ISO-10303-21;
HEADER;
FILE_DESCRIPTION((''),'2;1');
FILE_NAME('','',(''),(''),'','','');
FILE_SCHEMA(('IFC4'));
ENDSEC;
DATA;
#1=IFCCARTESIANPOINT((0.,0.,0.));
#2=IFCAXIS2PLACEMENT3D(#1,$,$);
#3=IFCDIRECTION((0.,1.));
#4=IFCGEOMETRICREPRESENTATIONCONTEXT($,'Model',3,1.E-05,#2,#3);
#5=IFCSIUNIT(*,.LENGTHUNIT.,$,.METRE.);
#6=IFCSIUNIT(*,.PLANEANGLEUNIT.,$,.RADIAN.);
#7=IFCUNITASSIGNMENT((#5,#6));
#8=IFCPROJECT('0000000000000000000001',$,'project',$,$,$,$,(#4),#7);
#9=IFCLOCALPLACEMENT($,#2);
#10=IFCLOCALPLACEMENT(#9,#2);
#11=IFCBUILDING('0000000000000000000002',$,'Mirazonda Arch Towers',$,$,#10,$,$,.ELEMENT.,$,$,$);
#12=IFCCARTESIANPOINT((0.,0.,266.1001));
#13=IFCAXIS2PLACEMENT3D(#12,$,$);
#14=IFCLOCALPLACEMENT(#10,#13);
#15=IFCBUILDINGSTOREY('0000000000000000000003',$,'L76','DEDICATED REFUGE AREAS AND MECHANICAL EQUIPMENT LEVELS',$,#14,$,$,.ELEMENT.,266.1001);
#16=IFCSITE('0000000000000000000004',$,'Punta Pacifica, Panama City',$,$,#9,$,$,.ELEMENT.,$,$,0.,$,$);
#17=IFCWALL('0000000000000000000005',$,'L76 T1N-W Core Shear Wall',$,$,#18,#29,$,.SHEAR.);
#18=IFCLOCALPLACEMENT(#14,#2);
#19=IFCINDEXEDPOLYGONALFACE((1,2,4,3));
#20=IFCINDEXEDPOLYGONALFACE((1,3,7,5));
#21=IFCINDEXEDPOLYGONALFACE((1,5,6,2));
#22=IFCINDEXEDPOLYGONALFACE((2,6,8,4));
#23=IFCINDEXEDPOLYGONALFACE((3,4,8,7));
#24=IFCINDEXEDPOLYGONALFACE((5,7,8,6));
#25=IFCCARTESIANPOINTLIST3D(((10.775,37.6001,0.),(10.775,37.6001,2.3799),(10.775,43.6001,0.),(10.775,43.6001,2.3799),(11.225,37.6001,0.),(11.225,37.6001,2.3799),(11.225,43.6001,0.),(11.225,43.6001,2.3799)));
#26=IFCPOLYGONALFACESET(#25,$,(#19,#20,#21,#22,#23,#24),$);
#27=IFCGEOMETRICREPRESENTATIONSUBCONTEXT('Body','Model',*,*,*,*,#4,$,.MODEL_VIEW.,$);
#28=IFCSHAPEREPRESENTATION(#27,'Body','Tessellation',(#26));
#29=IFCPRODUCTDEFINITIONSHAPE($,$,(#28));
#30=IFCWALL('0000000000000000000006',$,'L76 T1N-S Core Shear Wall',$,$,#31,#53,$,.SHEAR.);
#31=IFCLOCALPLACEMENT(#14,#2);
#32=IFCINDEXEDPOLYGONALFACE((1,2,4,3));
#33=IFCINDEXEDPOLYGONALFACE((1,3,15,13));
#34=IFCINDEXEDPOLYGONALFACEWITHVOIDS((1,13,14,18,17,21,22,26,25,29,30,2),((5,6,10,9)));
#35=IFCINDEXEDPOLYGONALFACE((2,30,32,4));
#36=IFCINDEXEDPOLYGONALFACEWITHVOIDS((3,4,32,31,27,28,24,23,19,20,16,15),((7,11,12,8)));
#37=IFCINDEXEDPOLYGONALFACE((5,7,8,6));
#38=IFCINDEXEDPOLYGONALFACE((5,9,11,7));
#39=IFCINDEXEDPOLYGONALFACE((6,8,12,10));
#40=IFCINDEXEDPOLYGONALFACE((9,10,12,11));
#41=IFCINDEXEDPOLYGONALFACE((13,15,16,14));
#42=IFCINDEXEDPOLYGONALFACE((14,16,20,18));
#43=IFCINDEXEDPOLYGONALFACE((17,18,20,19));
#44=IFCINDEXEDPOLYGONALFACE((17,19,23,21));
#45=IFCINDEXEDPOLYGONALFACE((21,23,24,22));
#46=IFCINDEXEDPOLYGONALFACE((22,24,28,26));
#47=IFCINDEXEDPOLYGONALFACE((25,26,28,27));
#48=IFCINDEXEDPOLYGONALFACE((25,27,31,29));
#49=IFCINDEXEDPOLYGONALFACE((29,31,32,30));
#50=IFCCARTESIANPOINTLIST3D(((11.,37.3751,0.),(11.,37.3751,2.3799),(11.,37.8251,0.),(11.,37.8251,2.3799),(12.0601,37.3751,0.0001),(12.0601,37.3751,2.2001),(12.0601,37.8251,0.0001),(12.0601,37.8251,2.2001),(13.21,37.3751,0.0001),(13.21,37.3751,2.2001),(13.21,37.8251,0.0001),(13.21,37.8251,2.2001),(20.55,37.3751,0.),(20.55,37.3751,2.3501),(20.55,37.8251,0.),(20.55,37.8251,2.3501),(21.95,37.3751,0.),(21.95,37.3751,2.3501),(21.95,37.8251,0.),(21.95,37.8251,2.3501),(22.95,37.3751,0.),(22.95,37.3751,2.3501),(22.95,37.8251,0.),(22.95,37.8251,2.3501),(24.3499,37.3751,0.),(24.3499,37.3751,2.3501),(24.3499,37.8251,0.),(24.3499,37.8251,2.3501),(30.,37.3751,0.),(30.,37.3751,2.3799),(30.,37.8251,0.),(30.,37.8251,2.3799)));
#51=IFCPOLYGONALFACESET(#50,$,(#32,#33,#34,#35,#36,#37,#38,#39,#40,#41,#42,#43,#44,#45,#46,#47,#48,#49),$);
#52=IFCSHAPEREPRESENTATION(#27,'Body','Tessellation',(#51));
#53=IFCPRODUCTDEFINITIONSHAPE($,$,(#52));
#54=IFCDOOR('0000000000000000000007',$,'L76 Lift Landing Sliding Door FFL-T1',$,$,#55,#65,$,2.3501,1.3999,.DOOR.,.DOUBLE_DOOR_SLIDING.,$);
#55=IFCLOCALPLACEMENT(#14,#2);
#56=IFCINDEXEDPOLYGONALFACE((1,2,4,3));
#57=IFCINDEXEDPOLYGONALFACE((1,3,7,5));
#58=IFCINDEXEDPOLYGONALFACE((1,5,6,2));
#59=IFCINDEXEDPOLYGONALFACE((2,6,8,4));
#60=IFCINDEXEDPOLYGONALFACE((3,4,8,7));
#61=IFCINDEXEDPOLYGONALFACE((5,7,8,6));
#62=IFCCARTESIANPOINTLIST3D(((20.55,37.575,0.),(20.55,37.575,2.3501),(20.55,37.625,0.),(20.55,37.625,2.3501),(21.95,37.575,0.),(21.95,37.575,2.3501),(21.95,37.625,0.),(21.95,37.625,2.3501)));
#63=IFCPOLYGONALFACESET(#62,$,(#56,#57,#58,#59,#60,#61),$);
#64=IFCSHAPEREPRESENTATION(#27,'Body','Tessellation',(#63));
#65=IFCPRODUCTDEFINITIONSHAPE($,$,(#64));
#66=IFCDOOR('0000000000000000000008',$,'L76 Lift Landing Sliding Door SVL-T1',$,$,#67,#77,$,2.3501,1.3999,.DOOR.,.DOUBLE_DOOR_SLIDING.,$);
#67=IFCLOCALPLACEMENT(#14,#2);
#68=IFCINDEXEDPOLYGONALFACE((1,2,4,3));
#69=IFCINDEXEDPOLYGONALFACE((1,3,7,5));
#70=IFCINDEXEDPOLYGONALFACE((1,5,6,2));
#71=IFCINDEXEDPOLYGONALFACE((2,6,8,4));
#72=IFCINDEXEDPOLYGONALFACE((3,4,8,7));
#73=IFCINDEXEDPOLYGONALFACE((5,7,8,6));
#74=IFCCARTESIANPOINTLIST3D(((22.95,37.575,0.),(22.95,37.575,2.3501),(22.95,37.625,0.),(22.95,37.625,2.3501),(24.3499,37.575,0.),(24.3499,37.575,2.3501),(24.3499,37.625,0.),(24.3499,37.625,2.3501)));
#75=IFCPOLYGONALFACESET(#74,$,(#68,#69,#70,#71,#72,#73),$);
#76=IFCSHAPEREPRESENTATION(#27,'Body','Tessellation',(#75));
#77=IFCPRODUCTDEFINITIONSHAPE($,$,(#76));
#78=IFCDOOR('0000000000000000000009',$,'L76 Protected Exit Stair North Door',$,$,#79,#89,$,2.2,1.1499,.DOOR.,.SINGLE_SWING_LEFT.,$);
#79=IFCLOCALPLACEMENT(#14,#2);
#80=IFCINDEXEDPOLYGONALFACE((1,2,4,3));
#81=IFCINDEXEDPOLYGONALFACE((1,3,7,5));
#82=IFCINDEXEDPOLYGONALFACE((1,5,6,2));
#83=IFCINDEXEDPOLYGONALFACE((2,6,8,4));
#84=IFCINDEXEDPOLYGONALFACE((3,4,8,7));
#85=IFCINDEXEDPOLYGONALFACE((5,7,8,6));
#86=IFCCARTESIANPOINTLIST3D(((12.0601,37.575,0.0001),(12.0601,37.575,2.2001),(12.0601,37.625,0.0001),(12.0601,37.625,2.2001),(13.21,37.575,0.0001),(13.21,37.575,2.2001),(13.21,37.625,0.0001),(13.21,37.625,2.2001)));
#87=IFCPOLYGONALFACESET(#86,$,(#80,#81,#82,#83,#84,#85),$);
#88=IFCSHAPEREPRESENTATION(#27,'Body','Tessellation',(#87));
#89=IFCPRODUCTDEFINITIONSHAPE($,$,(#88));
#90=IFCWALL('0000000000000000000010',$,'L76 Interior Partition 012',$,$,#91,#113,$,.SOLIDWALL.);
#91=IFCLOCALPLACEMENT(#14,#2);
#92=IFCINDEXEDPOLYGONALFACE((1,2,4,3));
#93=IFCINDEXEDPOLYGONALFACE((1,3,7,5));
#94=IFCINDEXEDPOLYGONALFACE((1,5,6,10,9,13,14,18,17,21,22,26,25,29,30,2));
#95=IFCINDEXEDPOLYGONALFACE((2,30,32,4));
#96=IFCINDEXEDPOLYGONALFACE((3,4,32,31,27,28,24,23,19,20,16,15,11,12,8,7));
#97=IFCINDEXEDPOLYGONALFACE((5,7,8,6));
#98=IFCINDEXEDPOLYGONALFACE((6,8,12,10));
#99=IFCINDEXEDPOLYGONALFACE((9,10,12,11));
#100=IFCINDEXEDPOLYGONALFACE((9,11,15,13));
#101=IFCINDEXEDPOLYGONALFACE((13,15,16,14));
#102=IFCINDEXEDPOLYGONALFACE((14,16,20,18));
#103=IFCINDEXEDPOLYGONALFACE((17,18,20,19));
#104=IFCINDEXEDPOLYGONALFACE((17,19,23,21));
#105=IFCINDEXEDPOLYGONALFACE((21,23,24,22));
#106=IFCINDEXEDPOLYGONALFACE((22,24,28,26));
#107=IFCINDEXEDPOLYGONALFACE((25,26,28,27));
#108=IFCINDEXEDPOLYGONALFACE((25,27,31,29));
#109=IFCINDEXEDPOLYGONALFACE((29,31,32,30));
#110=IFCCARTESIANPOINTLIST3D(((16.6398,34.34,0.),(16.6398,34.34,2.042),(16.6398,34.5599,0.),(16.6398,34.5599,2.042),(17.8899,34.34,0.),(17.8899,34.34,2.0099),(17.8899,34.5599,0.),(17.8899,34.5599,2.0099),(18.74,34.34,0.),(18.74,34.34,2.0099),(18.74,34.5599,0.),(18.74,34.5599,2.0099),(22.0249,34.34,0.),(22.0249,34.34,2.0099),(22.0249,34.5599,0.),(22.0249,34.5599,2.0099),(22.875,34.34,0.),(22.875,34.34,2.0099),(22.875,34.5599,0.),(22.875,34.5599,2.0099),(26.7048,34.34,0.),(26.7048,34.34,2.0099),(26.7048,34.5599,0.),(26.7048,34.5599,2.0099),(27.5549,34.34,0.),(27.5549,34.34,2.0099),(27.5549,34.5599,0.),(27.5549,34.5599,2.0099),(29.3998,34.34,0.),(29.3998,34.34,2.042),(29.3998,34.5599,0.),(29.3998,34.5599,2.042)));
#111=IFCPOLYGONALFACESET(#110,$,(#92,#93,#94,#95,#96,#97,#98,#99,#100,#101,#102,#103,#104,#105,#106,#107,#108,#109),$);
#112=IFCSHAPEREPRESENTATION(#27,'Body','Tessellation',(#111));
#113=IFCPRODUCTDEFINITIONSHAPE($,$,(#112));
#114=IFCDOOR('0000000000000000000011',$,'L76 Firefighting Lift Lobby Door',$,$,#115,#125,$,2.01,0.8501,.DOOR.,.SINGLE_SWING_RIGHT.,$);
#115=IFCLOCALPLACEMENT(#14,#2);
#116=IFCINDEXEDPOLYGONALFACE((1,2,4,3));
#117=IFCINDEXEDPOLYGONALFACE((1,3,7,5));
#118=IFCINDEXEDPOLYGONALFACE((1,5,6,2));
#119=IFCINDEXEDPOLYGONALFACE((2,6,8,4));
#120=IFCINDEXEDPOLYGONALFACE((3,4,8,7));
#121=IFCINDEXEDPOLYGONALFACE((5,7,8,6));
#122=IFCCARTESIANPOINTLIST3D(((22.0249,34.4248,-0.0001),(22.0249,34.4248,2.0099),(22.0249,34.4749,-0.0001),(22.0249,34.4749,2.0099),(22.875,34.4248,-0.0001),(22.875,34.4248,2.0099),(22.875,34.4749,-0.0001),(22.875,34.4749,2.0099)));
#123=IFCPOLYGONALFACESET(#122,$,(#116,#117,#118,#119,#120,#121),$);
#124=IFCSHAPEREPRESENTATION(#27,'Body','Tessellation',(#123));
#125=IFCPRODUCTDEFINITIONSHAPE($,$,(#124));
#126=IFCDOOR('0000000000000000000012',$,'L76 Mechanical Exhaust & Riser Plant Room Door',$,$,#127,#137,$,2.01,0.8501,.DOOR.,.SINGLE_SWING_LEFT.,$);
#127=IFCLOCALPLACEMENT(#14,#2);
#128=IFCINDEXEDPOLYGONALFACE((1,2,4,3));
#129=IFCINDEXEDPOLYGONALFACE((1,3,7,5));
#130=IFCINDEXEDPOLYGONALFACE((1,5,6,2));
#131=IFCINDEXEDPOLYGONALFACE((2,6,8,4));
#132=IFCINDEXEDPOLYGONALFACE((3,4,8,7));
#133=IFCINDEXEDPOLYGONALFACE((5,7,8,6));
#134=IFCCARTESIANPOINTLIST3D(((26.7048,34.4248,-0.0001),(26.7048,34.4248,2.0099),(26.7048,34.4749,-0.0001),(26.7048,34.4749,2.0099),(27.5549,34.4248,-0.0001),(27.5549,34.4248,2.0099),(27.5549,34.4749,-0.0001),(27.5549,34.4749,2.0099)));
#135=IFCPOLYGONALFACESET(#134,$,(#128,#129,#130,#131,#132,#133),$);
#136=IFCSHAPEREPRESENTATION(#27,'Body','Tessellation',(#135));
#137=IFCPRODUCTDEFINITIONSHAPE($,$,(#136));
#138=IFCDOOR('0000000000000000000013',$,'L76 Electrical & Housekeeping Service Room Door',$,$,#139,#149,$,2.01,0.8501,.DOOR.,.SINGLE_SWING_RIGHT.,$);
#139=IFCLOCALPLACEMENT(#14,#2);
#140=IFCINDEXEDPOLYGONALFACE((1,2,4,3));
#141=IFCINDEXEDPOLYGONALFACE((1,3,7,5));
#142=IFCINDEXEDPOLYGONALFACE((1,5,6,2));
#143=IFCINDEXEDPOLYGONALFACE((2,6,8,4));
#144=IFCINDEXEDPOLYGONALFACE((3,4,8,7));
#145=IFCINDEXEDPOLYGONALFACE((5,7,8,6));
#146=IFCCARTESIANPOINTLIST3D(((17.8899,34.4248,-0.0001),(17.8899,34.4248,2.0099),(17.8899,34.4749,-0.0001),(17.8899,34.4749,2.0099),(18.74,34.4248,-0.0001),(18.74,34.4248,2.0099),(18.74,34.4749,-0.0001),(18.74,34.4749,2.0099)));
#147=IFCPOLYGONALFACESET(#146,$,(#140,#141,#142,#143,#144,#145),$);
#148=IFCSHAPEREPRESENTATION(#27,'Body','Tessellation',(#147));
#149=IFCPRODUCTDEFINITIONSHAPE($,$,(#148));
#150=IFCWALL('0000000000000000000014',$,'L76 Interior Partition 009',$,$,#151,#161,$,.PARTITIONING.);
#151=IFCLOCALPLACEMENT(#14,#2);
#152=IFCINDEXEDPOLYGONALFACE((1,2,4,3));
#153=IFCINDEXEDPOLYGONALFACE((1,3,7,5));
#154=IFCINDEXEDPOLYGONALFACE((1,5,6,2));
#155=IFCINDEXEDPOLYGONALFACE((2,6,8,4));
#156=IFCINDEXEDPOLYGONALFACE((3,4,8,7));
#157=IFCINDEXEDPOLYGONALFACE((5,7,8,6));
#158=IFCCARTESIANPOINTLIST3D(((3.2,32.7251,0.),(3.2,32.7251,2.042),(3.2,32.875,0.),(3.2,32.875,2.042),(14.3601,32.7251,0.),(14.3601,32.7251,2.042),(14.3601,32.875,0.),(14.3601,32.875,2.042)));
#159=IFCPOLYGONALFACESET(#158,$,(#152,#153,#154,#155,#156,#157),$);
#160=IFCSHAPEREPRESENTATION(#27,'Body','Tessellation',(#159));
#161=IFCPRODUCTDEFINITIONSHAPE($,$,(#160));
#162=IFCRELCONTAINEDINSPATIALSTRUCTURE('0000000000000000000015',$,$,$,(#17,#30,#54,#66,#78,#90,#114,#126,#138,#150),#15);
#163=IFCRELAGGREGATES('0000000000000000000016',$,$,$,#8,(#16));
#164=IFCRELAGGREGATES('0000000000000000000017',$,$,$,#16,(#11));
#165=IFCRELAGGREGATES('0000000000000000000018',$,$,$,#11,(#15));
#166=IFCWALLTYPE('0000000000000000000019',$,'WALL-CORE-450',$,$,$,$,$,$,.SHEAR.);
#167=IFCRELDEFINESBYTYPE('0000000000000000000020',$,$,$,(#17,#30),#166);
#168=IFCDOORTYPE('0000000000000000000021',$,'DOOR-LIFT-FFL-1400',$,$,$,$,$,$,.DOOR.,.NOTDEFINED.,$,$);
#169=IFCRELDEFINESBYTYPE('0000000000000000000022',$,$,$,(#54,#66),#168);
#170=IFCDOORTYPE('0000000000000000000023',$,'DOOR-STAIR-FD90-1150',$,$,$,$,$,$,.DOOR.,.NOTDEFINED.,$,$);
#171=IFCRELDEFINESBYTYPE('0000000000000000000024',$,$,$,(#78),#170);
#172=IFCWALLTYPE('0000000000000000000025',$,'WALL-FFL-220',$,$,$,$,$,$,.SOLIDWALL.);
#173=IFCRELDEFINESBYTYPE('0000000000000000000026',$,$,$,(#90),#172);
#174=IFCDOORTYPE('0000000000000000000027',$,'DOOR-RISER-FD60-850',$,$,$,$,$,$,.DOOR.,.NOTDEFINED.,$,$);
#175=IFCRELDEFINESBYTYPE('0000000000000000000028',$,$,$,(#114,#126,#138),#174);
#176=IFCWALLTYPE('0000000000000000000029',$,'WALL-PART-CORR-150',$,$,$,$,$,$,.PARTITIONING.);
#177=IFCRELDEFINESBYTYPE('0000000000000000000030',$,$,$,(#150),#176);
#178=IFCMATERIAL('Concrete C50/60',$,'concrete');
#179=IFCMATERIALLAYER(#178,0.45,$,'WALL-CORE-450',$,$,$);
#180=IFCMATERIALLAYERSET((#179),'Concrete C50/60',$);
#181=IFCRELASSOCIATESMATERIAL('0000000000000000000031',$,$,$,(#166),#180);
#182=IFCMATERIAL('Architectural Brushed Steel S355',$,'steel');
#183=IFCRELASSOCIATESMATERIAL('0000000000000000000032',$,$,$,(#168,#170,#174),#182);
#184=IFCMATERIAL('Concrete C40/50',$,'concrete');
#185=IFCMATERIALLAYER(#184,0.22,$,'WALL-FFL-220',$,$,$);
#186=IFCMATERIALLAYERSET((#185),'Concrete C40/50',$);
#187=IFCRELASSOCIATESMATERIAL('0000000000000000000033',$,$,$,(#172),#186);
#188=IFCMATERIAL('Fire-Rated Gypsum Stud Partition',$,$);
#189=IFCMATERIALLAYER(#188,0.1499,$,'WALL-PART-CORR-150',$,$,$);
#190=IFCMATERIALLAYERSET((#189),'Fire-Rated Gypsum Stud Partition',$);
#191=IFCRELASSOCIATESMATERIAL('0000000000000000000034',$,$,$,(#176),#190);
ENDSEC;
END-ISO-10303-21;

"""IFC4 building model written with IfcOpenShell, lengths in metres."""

from ifc_helpers import new_model, si_unit, direction, frame, frame_2d, origin, place, context, subcontext, project, spatial, rectangle, extrude, material, layer, layer_set, type_object, element, fill, save


model = new_model("IFC4")

# Units and contexts
model_context = context("Model", 3, precision=1e-05, world=origin(), true_north=direction((0.0, 1.0)))
body_context = subcontext(model_context, "Body", "Model", "MODEL_VIEW")
ifc_project = project(units=[si_unit("LENGTHUNIT", "METRE"), si_unit("PLANEANGLEUNIT", "RADIAN")], contexts=[model_context])

# Site, building, storey
site_placement = place(None, origin())
site = spatial("IfcSite", under=ifc_project, at=site_placement, Name="Punta Pacifica, Panama City", CompositionType="ELEMENT", RefElevation=0.0)
building_placement = place(site_placement, origin())
building = spatial("IfcBuilding", under=site, at=building_placement, Name="Mirazonda Arch Towers", CompositionType="ELEMENT")
storey_placement = place(building_placement, frame((0.0, 0.0, 266.1001)))
storey = spatial("IfcBuildingStorey", under=building, at=storey_placement, Name="L76", Description="DEDICATED REFUGE AREAS AND MECHANICAL EQUIPMENT LEVELS", CompositionType="ELEMENT", Elevation=266.1001)

# Shared definitions
ifc_material_1 = material(Name="Concrete C50/60", Category="concrete")

# Wall
ifc_layer_1 = layer(ifc_material_1, 0.45, Name="WALL-CORE-450")
ifc_layer_set_1 = layer_set([ifc_layer_1], Name="Concrete C50/60")
wall_type_1 = type_object("IfcWallType", Name="WALL-CORE-450", PredefinedType="SHEAR", material=ifc_layer_set_1)
wall_1_placement = place(storey_placement, frame((11.0, 37.6001, 0.0), z_axis=(0.0, 0.0, 1.0), x_axis=(0.0, 1.0, 0.0)))
element("IfcWall", 1, at=wall_1_placement, inside=storey, type_object=wall_type_1, Name="L76 T1N-W Core Shear Wall", PredefinedType="SHEAR", context=body_context, shape_type="SweptSolid", body=[
    extrude(rectangle(XDim=6.0, YDim=0.45, at=frame_2d((3.0, 0.0))), origin(), (0.0, 0.0, 1.0), 2.3799),
])

# Walls, openings, doors
wall_2_placement = place(storey_placement, frame((11.0, 37.6001, 0.0), z_axis=(0.0, 0.0, 1.0), x_axis=(1.0, 0.0, 0.0)))
wall_2 = element("IfcWall", 2, at=wall_2_placement, inside=storey, type_object=wall_type_1, Name="L76 T1N-S Core Shear Wall", PredefinedType="SHEAR", context=body_context, shape_type="SweptSolid", body=[
    extrude(rectangle(XDim=19.0, YDim=0.45, at=frame_2d((9.5, 0.0))), origin(), (0.0, 0.0, 1.0), 2.3799),
])
opening_1_placement = place(wall_2_placement, frame((1.0601, 0.0, 0.0)))
opening_1 = element("IfcOpeningElement", 3, at=opening_1_placement, cuts=wall_2, PredefinedType="OPENING", context=body_context, shape_type="SweptSolid", body=[
    extrude(rectangle(XDim=1.1499, YDim=2.2, at=frame_2d((0.575, 1.1001))), frame((0.0, 0.2349, 0.0), z_axis=(0.0, -1.0, 0.0), x_axis=(1.0, 0.0, 0.0)), (0.0, 0.0, 1.0), 0.47),
])
opening_2_placement = place(wall_2_placement, frame((9.55, 0.0, 0.0)))
opening_2 = element("IfcOpeningElement", 4, at=opening_2_placement, cuts=wall_2, PredefinedType="OPENING", context=body_context, shape_type="SweptSolid", body=[
    extrude(rectangle(XDim=1.3999, YDim=2.3501, at=frame_2d((0.7, 1.175))), frame((0.0, 0.2349, 0.0), z_axis=(0.0, -1.0, 0.0), x_axis=(1.0, 0.0, 0.0)), (0.0, 0.0, 1.0), 0.47),
])
opening_3_placement = place(wall_2_placement, frame((11.95, 0.0, 0.0)))
opening_3 = element("IfcOpeningElement", 5, at=opening_3_placement, cuts=wall_2, PredefinedType="OPENING", context=body_context, shape_type="SweptSolid", body=[
    extrude(rectangle(XDim=1.3999, YDim=2.3501, at=frame_2d((0.7, 1.175))), frame((0.0, 0.2349, 0.0), z_axis=(0.0, -1.0, 0.0), x_axis=(1.0, 0.0, 0.0)), (0.0, 0.0, 1.0), 0.47),
])
ifc_material_2 = material(Name="Architectural Brushed Steel S355", Category="steel")
door_type_1 = type_object("IfcDoorType", Name="DOOR-LIFT-FFL-1400", OperationType="NOTDEFINED", PredefinedType="DOOR", material=ifc_material_2)
door_1_placement = place(opening_2_placement, origin())
door_1 = element("IfcDoor", 6, at=door_1_placement, inside=storey, type_object=door_type_1, Name="L76 Lift Landing Sliding Door FFL-T1", OperationType="DOUBLE_DOOR_SLIDING", OverallHeight=2.3501, OverallWidth=1.3999, PredefinedType="DOOR", context=body_context, shape_type="SweptSolid", body=[
    extrude(rectangle(XDim=1.3999, YDim=2.3501, at=frame_2d((0.7, 1.175))), frame((0.0, 0.0249, 0.0), z_axis=(0.0, -1.0, 0.0), x_axis=(1.0, 0.0, 0.0)), (0.0, 0.0, 1.0), 0.05),
])
fill(opening_2, door_1)
door_2_placement = place(opening_3_placement, origin())
door_2 = element("IfcDoor", 7, at=door_2_placement, inside=storey, type_object=door_type_1, Name="L76 Lift Landing Sliding Door SVL-T1", OperationType="DOUBLE_DOOR_SLIDING", OverallHeight=2.3501, OverallWidth=1.3999, PredefinedType="DOOR", context=body_context, shape_type="SweptSolid", body=[
    extrude(rectangle(XDim=1.3999, YDim=2.3501, at=frame_2d((0.7, 1.175))), frame((0.0, 0.0249, 0.0), z_axis=(0.0, -1.0, 0.0), x_axis=(1.0, 0.0, 0.0)), (0.0, 0.0, 1.0), 0.05),
])
fill(opening_3, door_2)
door_type_2 = type_object("IfcDoorType", Name="DOOR-STAIR-FD90-1150", OperationType="NOTDEFINED", PredefinedType="DOOR", material=ifc_material_2)
door_3_placement = place(opening_1_placement, origin())
door_3 = element("IfcDoor", 8, at=door_3_placement, inside=storey, type_object=door_type_2, Name="L76 Protected Exit Stair North Door", OperationType="SINGLE_SWING_LEFT", OverallHeight=2.2, OverallWidth=1.1499, PredefinedType="DOOR", context=body_context, shape_type="SweptSolid", body=[
    extrude(rectangle(XDim=1.1499, YDim=2.2, at=frame_2d((0.575, 1.1001))), frame((0.0, 0.0249, 0.0), z_axis=(0.0, -1.0, 0.0), x_axis=(1.0, 0.0, 0.0)), (0.0, 0.0, 1.0), 0.05),
])
fill(opening_1, door_3)
ifc_material_3 = material(Name="Concrete C40/50", Category="concrete")
ifc_layer_2 = layer(ifc_material_3, 0.22, Name="WALL-FFL-220")
ifc_layer_set_2 = layer_set([ifc_layer_2], Name="Concrete C40/50")
wall_type_2 = type_object("IfcWallType", Name="WALL-FFL-220", PredefinedType="SOLIDWALL", material=ifc_layer_set_2)
wall_3_placement = place(storey_placement, frame((16.6399, 34.45, 0.0), z_axis=(0.0, 0.0, 1.0), x_axis=(1.0, 0.0, 0.0)))
wall_3 = element("IfcWall", 9, at=wall_3_placement, inside=storey, type_object=wall_type_2, Name="L76 Interior Partition 012", PredefinedType="SOLIDWALL", context=body_context, shape_type="SweptSolid", body=[
    extrude(rectangle(XDim=12.76, YDim=0.22, at=frame_2d((6.3799, 0.0))), origin(), (0.0, 0.0, 1.0), 2.042),
])
opening_4_placement = place(wall_3_placement, frame((5.385, 0.0, 0.0)))
opening_4 = element("IfcOpeningElement", 10, at=opening_4_placement, cuts=wall_3, PredefinedType="OPENING", context=body_context, shape_type="SweptSolid", body=[
    extrude(rectangle(XDim=0.8501, YDim=2.01, at=frame_2d((0.425, 1.0049))), frame((0.0, 0.1199, 0.0), z_axis=(0.0, -1.0, 0.0), x_axis=(1.0, 0.0, 0.0)), (0.0, 0.0, 1.0), 0.24),
])
opening_5_placement = place(wall_3_placement, frame((10.0649, 0.0, 0.0)))
opening_5 = element("IfcOpeningElement", 11, at=opening_5_placement, cuts=wall_3, PredefinedType="OPENING", context=body_context, shape_type="SweptSolid", body=[
    extrude(rectangle(XDim=0.8501, YDim=2.01, at=frame_2d((0.425, 1.0049))), frame((0.0, 0.1199, 0.0), z_axis=(0.0, -1.0, 0.0), x_axis=(1.0, 0.0, 0.0)), (0.0, 0.0, 1.0), 0.24),
])
opening_6_placement = place(wall_3_placement, frame((1.25, 0.0, 0.0)))
opening_6 = element("IfcOpeningElement", 12, at=opening_6_placement, cuts=wall_3, PredefinedType="OPENING", context=body_context, shape_type="SweptSolid", body=[
    extrude(rectangle(XDim=0.8501, YDim=2.01, at=frame_2d((0.425, 1.0049))), frame((0.0, 0.1199, 0.0), z_axis=(0.0, -1.0, 0.0), x_axis=(1.0, 0.0, 0.0)), (0.0, 0.0, 1.0), 0.24),
])
door_type_3 = type_object("IfcDoorType", Name="DOOR-RISER-FD60-850", OperationType="NOTDEFINED", PredefinedType="DOOR", material=ifc_material_2)
door_4_placement = place(opening_4_placement, origin())
door_4 = element("IfcDoor", 13, at=door_4_placement, inside=storey, type_object=door_type_3, Name="L76 Firefighting Lift Lobby Door", OperationType="SINGLE_SWING_RIGHT", OverallHeight=2.01, OverallWidth=0.8501, PredefinedType="DOOR", context=body_context, shape_type="SweptSolid", body=[
    extrude(rectangle(XDim=0.8501, YDim=2.01, at=frame_2d((0.425, 1.0049))), frame((0.0, 0.0249, 0.0), z_axis=(0.0, -1.0, 0.0), x_axis=(1.0, 0.0, 0.0)), (0.0, 0.0, 1.0), 0.05),
])
fill(opening_4, door_4)
door_5_placement = place(opening_5_placement, origin())
door_5 = element("IfcDoor", 14, at=door_5_placement, inside=storey, type_object=door_type_3, Name="L76 Mechanical Exhaust & Riser Plant Room Door", OperationType="SINGLE_SWING_LEFT", OverallHeight=2.01, OverallWidth=0.8501, PredefinedType="DOOR", context=body_context, shape_type="SweptSolid", body=[
    extrude(rectangle(XDim=0.8501, YDim=2.01, at=frame_2d((0.425, 1.0049))), frame((0.0, 0.0249, 0.0), z_axis=(0.0, -1.0, 0.0), x_axis=(1.0, 0.0, 0.0)), (0.0, 0.0, 1.0), 0.05),
])
fill(opening_5, door_5)
door_6_placement = place(opening_6_placement, origin())
door_6 = element("IfcDoor", 15, at=door_6_placement, inside=storey, type_object=door_type_3, Name="L76 Electrical & Housekeeping Service Room Door", OperationType="SINGLE_SWING_RIGHT", OverallHeight=2.01, OverallWidth=0.8501, PredefinedType="DOOR", context=body_context, shape_type="SweptSolid", body=[
    extrude(rectangle(XDim=0.8501, YDim=2.01, at=frame_2d((0.425, 1.0049))), frame((0.0, 0.0249, 0.0), z_axis=(0.0, -1.0, 0.0), x_axis=(1.0, 0.0, 0.0)), (0.0, 0.0, 1.0), 0.05),
])
fill(opening_6, door_6)

# Wall
ifc_material_4 = material(Name="Fire-Rated Gypsum Stud Partition")
ifc_layer_3 = layer(ifc_material_4, 0.1499, Name="WALL-PART-CORR-150")
ifc_layer_set_3 = layer_set([ifc_layer_3], Name="Fire-Rated Gypsum Stud Partition")
wall_type_3 = type_object("IfcWallType", Name="WALL-PART-CORR-150", PredefinedType="PARTITIONING", material=ifc_layer_set_3)
wall_4_placement = place(storey_placement, frame((3.2, 32.8, 0.0), z_axis=(0.0, 0.0, 1.0), x_axis=(1.0, 0.0, 0.0)))
element("IfcWall", 16, at=wall_4_placement, inside=storey, type_object=wall_type_3, Name="L76 Interior Partition 009", PredefinedType="PARTITIONING", context=body_context, shape_type="SweptSolid", body=[
    extrude(rectangle(XDim=11.1602, YDim=0.1499, at=frame_2d((5.5801, 0.0))), origin(), (0.0, 0.0, 1.0), 2.042),
])

save(model, "model.ifc")
